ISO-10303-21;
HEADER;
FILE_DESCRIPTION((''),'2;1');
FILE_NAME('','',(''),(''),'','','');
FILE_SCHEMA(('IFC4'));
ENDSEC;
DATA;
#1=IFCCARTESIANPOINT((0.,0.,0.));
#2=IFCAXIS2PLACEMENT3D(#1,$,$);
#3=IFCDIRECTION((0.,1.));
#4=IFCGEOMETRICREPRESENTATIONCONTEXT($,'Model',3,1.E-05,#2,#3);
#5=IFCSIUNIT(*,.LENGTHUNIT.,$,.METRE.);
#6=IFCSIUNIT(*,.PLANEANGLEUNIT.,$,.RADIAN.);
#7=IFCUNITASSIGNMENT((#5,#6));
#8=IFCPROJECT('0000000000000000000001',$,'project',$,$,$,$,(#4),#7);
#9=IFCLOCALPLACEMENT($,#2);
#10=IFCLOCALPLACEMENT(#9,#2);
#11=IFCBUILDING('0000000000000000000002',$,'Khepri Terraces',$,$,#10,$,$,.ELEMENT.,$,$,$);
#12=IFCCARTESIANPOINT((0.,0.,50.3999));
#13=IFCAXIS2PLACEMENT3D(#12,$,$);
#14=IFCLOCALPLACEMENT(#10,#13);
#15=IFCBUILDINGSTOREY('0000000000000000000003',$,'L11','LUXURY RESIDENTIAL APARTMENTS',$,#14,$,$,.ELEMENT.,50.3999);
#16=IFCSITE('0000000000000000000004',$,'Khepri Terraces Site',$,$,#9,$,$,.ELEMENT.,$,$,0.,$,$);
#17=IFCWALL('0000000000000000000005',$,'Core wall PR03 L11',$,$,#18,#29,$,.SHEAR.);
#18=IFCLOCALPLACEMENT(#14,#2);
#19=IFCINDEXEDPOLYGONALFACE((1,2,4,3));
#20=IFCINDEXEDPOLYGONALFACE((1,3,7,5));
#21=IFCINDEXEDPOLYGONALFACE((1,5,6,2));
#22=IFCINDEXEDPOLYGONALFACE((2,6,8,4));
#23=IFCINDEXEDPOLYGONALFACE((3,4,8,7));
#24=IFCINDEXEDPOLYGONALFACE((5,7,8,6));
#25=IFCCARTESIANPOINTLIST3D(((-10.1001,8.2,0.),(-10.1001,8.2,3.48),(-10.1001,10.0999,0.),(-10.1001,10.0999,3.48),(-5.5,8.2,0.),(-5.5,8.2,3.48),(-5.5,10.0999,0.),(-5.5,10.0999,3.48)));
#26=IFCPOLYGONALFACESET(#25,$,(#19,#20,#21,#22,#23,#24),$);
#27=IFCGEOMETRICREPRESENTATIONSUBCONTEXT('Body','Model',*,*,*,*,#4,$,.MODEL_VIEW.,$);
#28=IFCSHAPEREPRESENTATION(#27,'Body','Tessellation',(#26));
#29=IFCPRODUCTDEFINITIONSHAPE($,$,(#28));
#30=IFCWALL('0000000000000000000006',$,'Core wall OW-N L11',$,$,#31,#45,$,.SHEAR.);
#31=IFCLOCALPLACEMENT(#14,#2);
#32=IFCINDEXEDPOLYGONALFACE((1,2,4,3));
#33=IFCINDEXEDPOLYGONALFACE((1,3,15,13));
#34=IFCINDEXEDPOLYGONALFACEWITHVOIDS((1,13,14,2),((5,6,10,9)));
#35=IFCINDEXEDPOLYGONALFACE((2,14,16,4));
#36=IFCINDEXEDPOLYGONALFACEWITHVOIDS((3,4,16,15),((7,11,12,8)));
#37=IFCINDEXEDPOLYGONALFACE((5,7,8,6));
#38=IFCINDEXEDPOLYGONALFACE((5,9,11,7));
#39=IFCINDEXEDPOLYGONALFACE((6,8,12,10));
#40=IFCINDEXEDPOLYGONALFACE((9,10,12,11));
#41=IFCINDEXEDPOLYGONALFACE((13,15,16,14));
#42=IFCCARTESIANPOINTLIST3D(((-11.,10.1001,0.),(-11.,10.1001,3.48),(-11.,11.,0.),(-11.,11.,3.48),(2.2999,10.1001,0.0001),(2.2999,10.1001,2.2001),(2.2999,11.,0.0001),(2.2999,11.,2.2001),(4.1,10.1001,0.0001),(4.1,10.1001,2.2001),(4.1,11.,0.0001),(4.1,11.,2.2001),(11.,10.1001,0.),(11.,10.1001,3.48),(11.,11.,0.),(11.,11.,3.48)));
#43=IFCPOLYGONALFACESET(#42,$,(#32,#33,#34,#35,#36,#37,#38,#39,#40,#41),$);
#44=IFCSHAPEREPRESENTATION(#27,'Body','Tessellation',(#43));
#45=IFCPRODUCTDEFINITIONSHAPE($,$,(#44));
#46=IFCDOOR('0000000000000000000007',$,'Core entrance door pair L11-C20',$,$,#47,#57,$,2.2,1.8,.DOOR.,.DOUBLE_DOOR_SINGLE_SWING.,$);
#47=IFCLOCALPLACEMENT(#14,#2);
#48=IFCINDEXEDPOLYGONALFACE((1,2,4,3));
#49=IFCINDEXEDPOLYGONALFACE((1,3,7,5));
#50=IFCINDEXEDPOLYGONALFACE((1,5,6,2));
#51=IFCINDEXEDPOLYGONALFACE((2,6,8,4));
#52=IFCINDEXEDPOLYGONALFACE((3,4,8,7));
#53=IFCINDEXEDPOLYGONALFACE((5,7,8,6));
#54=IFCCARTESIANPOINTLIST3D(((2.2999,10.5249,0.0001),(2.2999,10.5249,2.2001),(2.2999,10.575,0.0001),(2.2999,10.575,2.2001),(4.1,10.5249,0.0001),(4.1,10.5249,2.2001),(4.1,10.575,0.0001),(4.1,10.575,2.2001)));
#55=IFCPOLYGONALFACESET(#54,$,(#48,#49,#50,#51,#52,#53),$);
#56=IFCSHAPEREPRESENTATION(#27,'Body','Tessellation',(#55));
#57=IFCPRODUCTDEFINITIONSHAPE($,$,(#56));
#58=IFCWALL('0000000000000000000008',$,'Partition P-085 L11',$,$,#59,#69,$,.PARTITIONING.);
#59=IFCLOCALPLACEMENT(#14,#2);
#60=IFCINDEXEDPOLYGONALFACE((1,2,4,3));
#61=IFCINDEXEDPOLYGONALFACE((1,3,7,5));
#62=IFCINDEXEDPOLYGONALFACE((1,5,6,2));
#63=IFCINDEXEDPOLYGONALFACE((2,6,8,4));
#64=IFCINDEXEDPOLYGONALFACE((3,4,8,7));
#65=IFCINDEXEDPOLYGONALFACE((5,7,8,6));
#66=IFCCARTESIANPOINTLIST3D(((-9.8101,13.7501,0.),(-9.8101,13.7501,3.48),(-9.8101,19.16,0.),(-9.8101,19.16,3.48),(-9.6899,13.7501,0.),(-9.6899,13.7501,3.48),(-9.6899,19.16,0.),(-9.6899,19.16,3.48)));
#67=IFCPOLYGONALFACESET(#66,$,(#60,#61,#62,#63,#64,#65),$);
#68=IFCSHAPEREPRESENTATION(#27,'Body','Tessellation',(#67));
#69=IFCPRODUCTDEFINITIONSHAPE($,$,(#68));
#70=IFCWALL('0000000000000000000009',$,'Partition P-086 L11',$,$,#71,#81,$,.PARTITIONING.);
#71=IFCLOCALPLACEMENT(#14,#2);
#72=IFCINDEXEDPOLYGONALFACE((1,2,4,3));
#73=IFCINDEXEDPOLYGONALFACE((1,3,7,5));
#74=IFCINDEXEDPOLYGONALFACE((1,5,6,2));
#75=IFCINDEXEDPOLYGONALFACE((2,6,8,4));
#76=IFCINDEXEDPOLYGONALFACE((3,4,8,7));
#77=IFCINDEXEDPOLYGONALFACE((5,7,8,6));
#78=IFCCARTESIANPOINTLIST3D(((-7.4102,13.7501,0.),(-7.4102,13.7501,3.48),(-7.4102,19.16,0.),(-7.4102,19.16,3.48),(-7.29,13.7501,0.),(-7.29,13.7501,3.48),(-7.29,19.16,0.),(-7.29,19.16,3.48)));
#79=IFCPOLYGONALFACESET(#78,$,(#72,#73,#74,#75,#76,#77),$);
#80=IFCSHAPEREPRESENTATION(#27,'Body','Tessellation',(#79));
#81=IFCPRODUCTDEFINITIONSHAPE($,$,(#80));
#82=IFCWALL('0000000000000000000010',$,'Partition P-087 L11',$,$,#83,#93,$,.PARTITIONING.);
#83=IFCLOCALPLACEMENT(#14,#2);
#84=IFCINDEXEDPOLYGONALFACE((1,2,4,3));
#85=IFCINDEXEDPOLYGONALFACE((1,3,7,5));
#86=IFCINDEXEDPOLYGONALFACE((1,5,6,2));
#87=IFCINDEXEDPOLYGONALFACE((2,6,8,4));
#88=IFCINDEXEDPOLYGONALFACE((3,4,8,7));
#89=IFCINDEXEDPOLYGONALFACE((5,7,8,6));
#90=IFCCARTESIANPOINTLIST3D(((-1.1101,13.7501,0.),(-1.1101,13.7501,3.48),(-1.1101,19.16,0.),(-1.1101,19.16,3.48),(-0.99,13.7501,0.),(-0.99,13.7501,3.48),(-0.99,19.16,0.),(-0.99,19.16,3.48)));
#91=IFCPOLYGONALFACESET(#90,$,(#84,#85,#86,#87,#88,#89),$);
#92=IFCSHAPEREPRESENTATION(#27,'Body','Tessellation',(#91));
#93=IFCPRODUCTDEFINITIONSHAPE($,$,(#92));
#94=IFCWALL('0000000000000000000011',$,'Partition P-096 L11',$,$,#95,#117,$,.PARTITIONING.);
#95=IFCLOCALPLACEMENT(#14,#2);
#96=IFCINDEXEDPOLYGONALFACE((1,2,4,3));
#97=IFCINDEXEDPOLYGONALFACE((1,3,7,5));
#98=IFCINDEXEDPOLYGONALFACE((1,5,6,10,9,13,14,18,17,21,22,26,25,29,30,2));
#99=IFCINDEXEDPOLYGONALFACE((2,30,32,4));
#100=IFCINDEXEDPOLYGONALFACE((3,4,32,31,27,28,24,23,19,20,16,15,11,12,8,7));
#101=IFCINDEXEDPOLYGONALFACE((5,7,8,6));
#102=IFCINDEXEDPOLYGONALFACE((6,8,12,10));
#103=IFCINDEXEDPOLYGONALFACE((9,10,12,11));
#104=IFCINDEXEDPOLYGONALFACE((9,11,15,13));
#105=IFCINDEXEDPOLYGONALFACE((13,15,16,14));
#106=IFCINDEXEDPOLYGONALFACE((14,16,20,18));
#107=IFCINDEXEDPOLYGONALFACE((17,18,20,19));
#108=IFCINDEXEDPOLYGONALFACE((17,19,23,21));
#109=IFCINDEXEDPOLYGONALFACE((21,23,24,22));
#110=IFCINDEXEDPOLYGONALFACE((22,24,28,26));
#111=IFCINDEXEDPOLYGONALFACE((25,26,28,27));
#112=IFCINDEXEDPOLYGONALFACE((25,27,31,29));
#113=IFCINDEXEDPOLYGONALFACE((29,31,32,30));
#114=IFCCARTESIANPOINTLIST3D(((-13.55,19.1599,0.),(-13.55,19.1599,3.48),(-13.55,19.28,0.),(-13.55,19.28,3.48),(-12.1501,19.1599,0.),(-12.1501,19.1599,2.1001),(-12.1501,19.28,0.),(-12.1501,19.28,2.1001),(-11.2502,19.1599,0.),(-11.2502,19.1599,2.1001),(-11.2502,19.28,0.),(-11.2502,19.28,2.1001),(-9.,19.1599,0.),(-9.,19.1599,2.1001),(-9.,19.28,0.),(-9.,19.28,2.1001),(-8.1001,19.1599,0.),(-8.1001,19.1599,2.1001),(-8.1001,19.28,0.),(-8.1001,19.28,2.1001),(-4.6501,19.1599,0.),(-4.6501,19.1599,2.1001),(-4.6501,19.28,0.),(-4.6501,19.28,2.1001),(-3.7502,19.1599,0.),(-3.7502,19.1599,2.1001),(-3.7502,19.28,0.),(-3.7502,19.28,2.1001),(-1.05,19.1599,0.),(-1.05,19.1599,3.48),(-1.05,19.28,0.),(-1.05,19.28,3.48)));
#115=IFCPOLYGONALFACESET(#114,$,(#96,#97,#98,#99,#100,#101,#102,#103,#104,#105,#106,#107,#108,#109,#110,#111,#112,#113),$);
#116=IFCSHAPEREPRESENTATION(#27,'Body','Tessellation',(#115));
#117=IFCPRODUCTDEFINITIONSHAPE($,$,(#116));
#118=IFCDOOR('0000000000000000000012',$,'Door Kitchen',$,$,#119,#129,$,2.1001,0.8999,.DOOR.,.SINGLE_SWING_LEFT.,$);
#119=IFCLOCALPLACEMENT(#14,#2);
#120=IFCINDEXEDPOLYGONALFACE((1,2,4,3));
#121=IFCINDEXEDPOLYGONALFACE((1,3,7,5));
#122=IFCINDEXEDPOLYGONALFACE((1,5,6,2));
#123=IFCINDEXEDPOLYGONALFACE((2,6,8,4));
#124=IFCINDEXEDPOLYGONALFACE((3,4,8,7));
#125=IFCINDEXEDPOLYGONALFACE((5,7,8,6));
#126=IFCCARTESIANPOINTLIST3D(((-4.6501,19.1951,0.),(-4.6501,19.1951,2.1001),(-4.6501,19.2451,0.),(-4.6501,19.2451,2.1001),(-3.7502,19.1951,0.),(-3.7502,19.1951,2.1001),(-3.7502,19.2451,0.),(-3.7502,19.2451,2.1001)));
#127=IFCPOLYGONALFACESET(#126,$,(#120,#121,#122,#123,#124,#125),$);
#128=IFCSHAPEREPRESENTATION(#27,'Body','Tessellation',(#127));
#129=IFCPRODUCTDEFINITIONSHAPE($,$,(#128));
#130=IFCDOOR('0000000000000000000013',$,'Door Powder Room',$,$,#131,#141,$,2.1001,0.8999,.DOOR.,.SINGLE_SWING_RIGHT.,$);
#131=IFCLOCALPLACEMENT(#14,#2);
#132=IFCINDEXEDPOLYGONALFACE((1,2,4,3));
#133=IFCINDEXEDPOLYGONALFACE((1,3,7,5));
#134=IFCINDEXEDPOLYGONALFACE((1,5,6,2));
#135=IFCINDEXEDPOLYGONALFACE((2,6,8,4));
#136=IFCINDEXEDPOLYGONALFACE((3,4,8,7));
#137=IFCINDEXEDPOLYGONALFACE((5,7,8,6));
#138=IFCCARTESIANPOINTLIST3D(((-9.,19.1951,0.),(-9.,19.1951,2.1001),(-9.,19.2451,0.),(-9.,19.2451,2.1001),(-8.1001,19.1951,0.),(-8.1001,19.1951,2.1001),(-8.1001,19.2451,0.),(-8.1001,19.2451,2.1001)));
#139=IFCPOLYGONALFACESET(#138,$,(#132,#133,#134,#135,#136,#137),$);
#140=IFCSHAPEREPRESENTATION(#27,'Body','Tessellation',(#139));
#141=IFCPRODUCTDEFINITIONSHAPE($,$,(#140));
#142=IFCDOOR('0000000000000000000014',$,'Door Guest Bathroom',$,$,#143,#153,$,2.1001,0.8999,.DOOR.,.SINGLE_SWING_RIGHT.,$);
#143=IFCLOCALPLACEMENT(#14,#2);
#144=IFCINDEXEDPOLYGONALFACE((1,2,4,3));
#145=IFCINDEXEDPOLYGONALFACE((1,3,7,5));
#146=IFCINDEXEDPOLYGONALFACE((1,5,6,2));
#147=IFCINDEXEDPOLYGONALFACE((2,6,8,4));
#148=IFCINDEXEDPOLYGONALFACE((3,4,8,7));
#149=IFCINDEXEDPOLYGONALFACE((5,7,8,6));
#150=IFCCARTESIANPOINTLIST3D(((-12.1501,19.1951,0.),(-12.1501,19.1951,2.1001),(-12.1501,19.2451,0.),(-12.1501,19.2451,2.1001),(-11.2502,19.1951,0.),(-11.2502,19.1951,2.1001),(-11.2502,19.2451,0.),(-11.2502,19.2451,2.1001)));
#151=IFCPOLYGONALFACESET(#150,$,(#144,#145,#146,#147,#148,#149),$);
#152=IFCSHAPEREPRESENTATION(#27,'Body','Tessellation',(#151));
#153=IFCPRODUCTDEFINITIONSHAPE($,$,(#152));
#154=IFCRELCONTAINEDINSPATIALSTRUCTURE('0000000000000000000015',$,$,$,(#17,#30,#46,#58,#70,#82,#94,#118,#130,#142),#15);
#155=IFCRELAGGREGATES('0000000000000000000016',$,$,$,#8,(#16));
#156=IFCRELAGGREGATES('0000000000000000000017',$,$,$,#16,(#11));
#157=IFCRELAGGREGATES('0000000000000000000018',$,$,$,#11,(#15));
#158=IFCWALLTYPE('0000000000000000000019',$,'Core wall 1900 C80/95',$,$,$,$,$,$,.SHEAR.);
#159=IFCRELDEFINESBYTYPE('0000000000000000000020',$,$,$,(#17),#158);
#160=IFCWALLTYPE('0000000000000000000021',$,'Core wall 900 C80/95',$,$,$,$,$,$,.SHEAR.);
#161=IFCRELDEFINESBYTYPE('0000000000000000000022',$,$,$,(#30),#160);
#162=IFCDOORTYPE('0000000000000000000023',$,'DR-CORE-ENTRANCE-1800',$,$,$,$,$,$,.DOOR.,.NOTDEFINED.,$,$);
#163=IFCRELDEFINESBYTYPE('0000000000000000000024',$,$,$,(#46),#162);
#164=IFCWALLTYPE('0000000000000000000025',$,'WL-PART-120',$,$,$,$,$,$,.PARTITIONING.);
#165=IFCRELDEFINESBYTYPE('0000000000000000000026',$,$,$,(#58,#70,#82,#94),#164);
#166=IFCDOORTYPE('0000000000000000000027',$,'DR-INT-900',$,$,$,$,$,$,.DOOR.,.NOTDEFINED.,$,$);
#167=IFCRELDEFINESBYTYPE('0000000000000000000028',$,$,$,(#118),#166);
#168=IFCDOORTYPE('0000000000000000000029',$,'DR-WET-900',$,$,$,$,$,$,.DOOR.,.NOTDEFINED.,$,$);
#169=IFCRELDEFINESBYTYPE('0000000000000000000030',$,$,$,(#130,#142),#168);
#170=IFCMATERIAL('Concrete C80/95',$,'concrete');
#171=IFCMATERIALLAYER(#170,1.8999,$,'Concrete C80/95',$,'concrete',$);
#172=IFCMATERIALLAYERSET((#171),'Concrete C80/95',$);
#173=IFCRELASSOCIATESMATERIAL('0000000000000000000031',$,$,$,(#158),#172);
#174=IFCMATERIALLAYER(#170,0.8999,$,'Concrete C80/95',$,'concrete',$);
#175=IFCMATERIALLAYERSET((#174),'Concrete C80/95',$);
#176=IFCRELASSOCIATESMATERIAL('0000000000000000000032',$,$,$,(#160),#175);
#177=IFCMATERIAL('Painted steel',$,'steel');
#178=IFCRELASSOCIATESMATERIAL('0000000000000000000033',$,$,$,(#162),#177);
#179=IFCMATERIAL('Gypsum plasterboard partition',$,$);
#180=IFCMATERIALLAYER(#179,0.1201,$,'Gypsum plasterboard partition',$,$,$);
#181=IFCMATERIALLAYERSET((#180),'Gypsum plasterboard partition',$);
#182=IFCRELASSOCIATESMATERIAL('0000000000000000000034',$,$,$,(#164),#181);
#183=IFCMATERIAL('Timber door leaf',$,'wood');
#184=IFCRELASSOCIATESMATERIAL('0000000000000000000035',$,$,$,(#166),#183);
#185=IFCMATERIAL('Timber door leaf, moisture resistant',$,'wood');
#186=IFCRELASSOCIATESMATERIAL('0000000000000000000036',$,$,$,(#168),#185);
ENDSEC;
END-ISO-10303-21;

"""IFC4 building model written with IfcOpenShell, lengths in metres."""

from ifc_helpers import new_model, si_unit, direction, frame, frame_2d, origin, place, context, subcontext, project, spatial, rectangle, extrude, material, layer, layer_set, type_object, element, fill, save


model = new_model("IFC4")

# Units and contexts
model_context = context("Model", 3, precision=1e-05, world=origin(), true_north=direction((0.0, 1.0)))
body_context = subcontext(model_context, "Body", "Model", "MODEL_VIEW")
ifc_project = project(units=[si_unit("LENGTHUNIT", "METRE"), si_unit("PLANEANGLEUNIT", "RADIAN")], contexts=[model_context])

# Site, building, storey
site_placement = place(None, origin())
site = spatial("IfcSite", under=ifc_project, at=site_placement, Name="Khepri Terraces Site", CompositionType="ELEMENT", RefElevation=0.0)
building_placement = place(site_placement, origin())
building = spatial("IfcBuilding", under=site, at=building_placement, Name="Khepri Terraces", CompositionType="ELEMENT")
storey_placement = place(building_placement, frame((0.0, 0.0, 50.3999)))
storey = spatial("IfcBuildingStorey", under=building, at=storey_placement, Name="L11", Description="LUXURY RESIDENTIAL APARTMENTS", CompositionType="ELEMENT", Elevation=50.3999)

# Wall
ifc_material_1 = material(Name="Concrete C80/95", Category="concrete")
ifc_layer_1 = layer(ifc_material_1, 1.8999, Name="Concrete C80/95", Category="concrete")
ifc_layer_set_1 = layer_set([ifc_layer_1], Name="Concrete C80/95")
wall_type_1 = type_object("IfcWallType", Name="Core wall 1900 C80/95", PredefinedType="SHEAR", material=ifc_layer_set_1)
wall_1_placement = place(storey_placement, frame((-10.1001, 9.1499, 0.0), z_axis=(0.0, 0.0, 1.0), x_axis=(1.0, 0.0, 0.0)))
element("IfcWall", 1, at=wall_1_placement, inside=storey, type_object=wall_type_1, Name="Core wall PR03 L11", PredefinedType="SHEAR", context=body_context, shape_type="SweptSolid", body=[
    extrude(rectangle(XDim=4.6001, YDim=1.8999, at=frame_2d((2.3, 0.0))), origin(), (0.0, 0.0, 1.0), 3.48),
])

# Wall, opening, door
ifc_layer_2 = layer(ifc_material_1, 0.8999, Name="Concrete C80/95", Category="concrete")
ifc_layer_set_2 = layer_set([ifc_layer_2], Name="Concrete C80/95")
wall_type_2 = type_object("IfcWallType", Name="Core wall 900 C80/95", PredefinedType="SHEAR", material=ifc_layer_set_2)
wall_2_placement = place(storey_placement, frame((-11.0, 10.55, 0.0), z_axis=(0.0, 0.0, 1.0), x_axis=(1.0, 0.0, 0.0)))
wall_2 = element("IfcWall", 2, at=wall_2_placement, inside=storey, type_object=wall_type_2, Name="Core wall OW-N L11", PredefinedType="SHEAR", context=body_context, shape_type="SweptSolid", body=[
    extrude(rectangle(XDim=22.0, YDim=0.8999, at=frame_2d((11.0, 0.0))), origin(), (0.0, 0.0, 1.0), 3.48),
])
opening_1_placement = place(wall_2_placement, frame((13.3, 0.0, 0.0)))
opening_1 = element("IfcOpeningElement", 3, at=opening_1_placement, cuts=wall_2, PredefinedType="OPENING", context=body_context, shape_type="SweptSolid", body=[
    extrude(rectangle(XDim=1.8, YDim=2.2, at=frame_2d((0.8999, 1.1001))), frame((0.0, 0.46, 0.0), z_axis=(0.0, -1.0, 0.0), x_axis=(1.0, 0.0, 0.0)), (0.0, 0.0, 1.0), 0.9199),
])
ifc_material_2 = material(Name="Painted steel", Category="steel")
door_type_1 = type_object("IfcDoorType", Name="DR-CORE-ENTRANCE-1800", OperationType="NOTDEFINED", PredefinedType="DOOR", material=ifc_material_2)
door_1_placement = place(opening_1_placement, origin())
door_1 = element("IfcDoor", 4, at=door_1_placement, inside=storey, type_object=door_type_1, Name="Core entrance door pair L11-C20", OperationType="DOUBLE_DOOR_SINGLE_SWING", OverallHeight=2.2, OverallWidth=1.8, PredefinedType="DOOR", context=body_context, shape_type="SweptSolid", body=[
    extrude(rectangle(XDim=1.8, YDim=2.2, at=frame_2d((0.8999, 1.1001))), frame((0.0, 0.0249, 0.0), z_axis=(0.0, -1.0, 0.0), x_axis=(1.0, 0.0, 0.0)), (0.0, 0.0, 1.0), 0.05),
])
fill(opening_1, door_1)

# Walls
ifc_material_3 = material(Name="Gypsum plasterboard partition")
ifc_layer_3 = layer(ifc_material_3, 0.1201, Name="Gypsum plasterboard partition")
ifc_layer_set_3 = layer_set([ifc_layer_3], Name="Gypsum plasterboard partition")
wall_type_3 = type_object("IfcWallType", Name="WL-PART-120", PredefinedType="PARTITIONING", material=ifc_layer_set_3)
for number, where, z_axis, x_axis, name in (
    (5, (-9.75, 13.75, 0.0), (0.0, 0.0, 1.0), (0.0, 1.0, 0.0), "Partition P-085 L11"),
    (6, (-7.3501, 13.75, 0.0), (0.0, 0.0, 1.0), (0.0, 1.0, 0.0), "Partition P-086 L11"),
    (7, (-1.05, 13.75, 0.0), (0.0, 0.0, 1.0), (0.0, 1.0, 0.0), "Partition P-087 L11"),
):
    element("IfcWall", number, at=place(storey_placement, frame(where, z_axis=z_axis, x_axis=x_axis)), inside=storey, type_object=wall_type_3, Name=name, PredefinedType="PARTITIONING", context=body_context, shape_type="SweptSolid", body=[
        extrude(rectangle(XDim=5.4099, YDim=0.1201, at=frame_2d((2.7051, 0.0))), origin(), (0.0, 0.0, 1.0), 3.48),
    ])

# Wall, openings, doors
wall_3_placement = place(storey_placement, frame((-13.55, 19.22, 0.0), z_axis=(0.0, 0.0, 1.0), x_axis=(1.0, 0.0, 0.0)))
wall_3 = element("IfcWall", 8, at=wall_3_placement, inside=storey, type_object=wall_type_3, Name="Partition P-096 L11", PredefinedType="PARTITIONING", context=body_context, shape_type="SweptSolid", body=[
    extrude(rectangle(XDim=12.5, YDim=0.1201, at=frame_2d((6.25, 0.0))), origin(), (0.0, 0.0, 1.0), 3.48),
])
opening_2_placement = place(wall_3_placement, frame((8.8999, 0.0, 0.0)))
opening_2 = element("IfcOpeningElement", 9, at=opening_2_placement, cuts=wall_3, PredefinedType="OPENING", context=body_context, shape_type="SweptSolid", body=[
    extrude(rectangle(XDim=0.8999, YDim=2.1001, at=frame_2d((0.45, 1.05))), frame((0.0, 0.0701, 0.0), z_axis=(0.0, -1.0, 0.0), x_axis=(1.0, 0.0, 0.0)), (0.0, 0.0, 1.0), 0.1401),
])
opening_3_placement = place(wall_3_placement, frame((4.55, 0.0, 0.0)))
opening_3 = element("IfcOpeningElement", 10, at=opening_3_placement, cuts=wall_3, PredefinedType="OPENING", context=body_context, shape_type="SweptSolid", body=[
    extrude(rectangle(XDim=0.8999, YDim=2.1001, at=frame_2d((0.45, 1.05))), frame((0.0, 0.0701, 0.0), z_axis=(0.0, -1.0, 0.0), x_axis=(1.0, 0.0, 0.0)), (0.0, 0.0, 1.0), 0.1401),
])
opening_4_placement = place(wall_3_placement, frame((1.3999, 0.0, 0.0)))
opening_4 = element("IfcOpeningElement", 11, at=opening_4_placement, cuts=wall_3, PredefinedType="OPENING", context=body_context, shape_type="SweptSolid", body=[
    extrude(rectangle(XDim=0.8999, YDim=2.1001, at=frame_2d((0.45, 1.05))), frame((0.0, 0.0701, 0.0), z_axis=(0.0, -1.0, 0.0), x_axis=(1.0, 0.0, 0.0)), (0.0, 0.0, 1.0), 0.1401),
])
ifc_material_4 = material(Name="Timber door leaf", Category="wood")
door_type_2 = type_object("IfcDoorType", Name="DR-INT-900", OperationType="NOTDEFINED", PredefinedType="DOOR", material=ifc_material_4)
door_2_placement = place(opening_2_placement, frame((0.8999, 0.0, 0.0), z_axis=(0.0, 0.0, 1.0), x_axis=(-1.0, 0.0, 0.0)))
door_2 = element("IfcDoor", 12, at=door_2_placement, inside=storey, type_object=door_type_2, Name="Door Kitchen", OperationType="SINGLE_SWING_LEFT", OverallHeight=2.1001, OverallWidth=0.8999, PredefinedType="DOOR", context=body_context, shape_type="SweptSolid", body=[
    extrude(rectangle(XDim=0.8999, YDim=2.1001, at=frame_2d((0.45, 1.05))), frame((0.0, 0.0249, 0.0), z_axis=(0.0, -1.0, 0.0), x_axis=(1.0, 0.0, 0.0)), (0.0, 0.0, 1.0), 0.05),
])
fill(opening_2, door_2)
ifc_material_5 = material(Name="Timber door leaf, moisture resistant", Category="wood")
door_type_3 = type_object("IfcDoorType", Name="DR-WET-900", OperationType="NOTDEFINED", PredefinedType="DOOR", material=ifc_material_5)
door_3_placement = place(opening_3_placement, frame((0.8999, 0.0, 0.0), z_axis=(0.0, 0.0, 1.0), x_axis=(-1.0, 0.0, 0.0)))
door_3 = element("IfcDoor", 13, at=door_3_placement, inside=storey, type_object=door_type_3, Name="Door Powder Room", OperationType="SINGLE_SWING_RIGHT", OverallHeight=2.1001, OverallWidth=0.8999, PredefinedType="DOOR", context=body_context, shape_type="SweptSolid", body=[
    extrude(rectangle(XDim=0.8999, YDim=2.1001, at=frame_2d((0.45, 1.05))), frame((0.0, 0.0249, 0.0), z_axis=(0.0, -1.0, 0.0), x_axis=(1.0, 0.0, 0.0)), (0.0, 0.0, 1.0), 0.05),
])
fill(opening_3, door_3)
door_4_placement = place(opening_4_placement, frame((0.8999, 0.0, 0.0), z_axis=(0.0, 0.0, 1.0), x_axis=(-1.0, 0.0, 0.0)))
door_4 = element("IfcDoor", 14, at=door_4_placement, inside=storey, type_object=door_type_3, Name="Door Guest Bathroom", OperationType="SINGLE_SWING_RIGHT", OverallHeight=2.1001, OverallWidth=0.8999, PredefinedType="DOOR", context=body_context, shape_type="SweptSolid", body=[
    extrude(rectangle(XDim=0.8999, YDim=2.1001, at=frame_2d((0.45, 1.05))), frame((0.0, 0.0249, 0.0), z_axis=(0.0, -1.0, 0.0), x_axis=(1.0, 0.0, 0.0)), (0.0, 0.0, 1.0), 0.05),
])
fill(opening_4, door_4)

save(model, "model.ifc")
